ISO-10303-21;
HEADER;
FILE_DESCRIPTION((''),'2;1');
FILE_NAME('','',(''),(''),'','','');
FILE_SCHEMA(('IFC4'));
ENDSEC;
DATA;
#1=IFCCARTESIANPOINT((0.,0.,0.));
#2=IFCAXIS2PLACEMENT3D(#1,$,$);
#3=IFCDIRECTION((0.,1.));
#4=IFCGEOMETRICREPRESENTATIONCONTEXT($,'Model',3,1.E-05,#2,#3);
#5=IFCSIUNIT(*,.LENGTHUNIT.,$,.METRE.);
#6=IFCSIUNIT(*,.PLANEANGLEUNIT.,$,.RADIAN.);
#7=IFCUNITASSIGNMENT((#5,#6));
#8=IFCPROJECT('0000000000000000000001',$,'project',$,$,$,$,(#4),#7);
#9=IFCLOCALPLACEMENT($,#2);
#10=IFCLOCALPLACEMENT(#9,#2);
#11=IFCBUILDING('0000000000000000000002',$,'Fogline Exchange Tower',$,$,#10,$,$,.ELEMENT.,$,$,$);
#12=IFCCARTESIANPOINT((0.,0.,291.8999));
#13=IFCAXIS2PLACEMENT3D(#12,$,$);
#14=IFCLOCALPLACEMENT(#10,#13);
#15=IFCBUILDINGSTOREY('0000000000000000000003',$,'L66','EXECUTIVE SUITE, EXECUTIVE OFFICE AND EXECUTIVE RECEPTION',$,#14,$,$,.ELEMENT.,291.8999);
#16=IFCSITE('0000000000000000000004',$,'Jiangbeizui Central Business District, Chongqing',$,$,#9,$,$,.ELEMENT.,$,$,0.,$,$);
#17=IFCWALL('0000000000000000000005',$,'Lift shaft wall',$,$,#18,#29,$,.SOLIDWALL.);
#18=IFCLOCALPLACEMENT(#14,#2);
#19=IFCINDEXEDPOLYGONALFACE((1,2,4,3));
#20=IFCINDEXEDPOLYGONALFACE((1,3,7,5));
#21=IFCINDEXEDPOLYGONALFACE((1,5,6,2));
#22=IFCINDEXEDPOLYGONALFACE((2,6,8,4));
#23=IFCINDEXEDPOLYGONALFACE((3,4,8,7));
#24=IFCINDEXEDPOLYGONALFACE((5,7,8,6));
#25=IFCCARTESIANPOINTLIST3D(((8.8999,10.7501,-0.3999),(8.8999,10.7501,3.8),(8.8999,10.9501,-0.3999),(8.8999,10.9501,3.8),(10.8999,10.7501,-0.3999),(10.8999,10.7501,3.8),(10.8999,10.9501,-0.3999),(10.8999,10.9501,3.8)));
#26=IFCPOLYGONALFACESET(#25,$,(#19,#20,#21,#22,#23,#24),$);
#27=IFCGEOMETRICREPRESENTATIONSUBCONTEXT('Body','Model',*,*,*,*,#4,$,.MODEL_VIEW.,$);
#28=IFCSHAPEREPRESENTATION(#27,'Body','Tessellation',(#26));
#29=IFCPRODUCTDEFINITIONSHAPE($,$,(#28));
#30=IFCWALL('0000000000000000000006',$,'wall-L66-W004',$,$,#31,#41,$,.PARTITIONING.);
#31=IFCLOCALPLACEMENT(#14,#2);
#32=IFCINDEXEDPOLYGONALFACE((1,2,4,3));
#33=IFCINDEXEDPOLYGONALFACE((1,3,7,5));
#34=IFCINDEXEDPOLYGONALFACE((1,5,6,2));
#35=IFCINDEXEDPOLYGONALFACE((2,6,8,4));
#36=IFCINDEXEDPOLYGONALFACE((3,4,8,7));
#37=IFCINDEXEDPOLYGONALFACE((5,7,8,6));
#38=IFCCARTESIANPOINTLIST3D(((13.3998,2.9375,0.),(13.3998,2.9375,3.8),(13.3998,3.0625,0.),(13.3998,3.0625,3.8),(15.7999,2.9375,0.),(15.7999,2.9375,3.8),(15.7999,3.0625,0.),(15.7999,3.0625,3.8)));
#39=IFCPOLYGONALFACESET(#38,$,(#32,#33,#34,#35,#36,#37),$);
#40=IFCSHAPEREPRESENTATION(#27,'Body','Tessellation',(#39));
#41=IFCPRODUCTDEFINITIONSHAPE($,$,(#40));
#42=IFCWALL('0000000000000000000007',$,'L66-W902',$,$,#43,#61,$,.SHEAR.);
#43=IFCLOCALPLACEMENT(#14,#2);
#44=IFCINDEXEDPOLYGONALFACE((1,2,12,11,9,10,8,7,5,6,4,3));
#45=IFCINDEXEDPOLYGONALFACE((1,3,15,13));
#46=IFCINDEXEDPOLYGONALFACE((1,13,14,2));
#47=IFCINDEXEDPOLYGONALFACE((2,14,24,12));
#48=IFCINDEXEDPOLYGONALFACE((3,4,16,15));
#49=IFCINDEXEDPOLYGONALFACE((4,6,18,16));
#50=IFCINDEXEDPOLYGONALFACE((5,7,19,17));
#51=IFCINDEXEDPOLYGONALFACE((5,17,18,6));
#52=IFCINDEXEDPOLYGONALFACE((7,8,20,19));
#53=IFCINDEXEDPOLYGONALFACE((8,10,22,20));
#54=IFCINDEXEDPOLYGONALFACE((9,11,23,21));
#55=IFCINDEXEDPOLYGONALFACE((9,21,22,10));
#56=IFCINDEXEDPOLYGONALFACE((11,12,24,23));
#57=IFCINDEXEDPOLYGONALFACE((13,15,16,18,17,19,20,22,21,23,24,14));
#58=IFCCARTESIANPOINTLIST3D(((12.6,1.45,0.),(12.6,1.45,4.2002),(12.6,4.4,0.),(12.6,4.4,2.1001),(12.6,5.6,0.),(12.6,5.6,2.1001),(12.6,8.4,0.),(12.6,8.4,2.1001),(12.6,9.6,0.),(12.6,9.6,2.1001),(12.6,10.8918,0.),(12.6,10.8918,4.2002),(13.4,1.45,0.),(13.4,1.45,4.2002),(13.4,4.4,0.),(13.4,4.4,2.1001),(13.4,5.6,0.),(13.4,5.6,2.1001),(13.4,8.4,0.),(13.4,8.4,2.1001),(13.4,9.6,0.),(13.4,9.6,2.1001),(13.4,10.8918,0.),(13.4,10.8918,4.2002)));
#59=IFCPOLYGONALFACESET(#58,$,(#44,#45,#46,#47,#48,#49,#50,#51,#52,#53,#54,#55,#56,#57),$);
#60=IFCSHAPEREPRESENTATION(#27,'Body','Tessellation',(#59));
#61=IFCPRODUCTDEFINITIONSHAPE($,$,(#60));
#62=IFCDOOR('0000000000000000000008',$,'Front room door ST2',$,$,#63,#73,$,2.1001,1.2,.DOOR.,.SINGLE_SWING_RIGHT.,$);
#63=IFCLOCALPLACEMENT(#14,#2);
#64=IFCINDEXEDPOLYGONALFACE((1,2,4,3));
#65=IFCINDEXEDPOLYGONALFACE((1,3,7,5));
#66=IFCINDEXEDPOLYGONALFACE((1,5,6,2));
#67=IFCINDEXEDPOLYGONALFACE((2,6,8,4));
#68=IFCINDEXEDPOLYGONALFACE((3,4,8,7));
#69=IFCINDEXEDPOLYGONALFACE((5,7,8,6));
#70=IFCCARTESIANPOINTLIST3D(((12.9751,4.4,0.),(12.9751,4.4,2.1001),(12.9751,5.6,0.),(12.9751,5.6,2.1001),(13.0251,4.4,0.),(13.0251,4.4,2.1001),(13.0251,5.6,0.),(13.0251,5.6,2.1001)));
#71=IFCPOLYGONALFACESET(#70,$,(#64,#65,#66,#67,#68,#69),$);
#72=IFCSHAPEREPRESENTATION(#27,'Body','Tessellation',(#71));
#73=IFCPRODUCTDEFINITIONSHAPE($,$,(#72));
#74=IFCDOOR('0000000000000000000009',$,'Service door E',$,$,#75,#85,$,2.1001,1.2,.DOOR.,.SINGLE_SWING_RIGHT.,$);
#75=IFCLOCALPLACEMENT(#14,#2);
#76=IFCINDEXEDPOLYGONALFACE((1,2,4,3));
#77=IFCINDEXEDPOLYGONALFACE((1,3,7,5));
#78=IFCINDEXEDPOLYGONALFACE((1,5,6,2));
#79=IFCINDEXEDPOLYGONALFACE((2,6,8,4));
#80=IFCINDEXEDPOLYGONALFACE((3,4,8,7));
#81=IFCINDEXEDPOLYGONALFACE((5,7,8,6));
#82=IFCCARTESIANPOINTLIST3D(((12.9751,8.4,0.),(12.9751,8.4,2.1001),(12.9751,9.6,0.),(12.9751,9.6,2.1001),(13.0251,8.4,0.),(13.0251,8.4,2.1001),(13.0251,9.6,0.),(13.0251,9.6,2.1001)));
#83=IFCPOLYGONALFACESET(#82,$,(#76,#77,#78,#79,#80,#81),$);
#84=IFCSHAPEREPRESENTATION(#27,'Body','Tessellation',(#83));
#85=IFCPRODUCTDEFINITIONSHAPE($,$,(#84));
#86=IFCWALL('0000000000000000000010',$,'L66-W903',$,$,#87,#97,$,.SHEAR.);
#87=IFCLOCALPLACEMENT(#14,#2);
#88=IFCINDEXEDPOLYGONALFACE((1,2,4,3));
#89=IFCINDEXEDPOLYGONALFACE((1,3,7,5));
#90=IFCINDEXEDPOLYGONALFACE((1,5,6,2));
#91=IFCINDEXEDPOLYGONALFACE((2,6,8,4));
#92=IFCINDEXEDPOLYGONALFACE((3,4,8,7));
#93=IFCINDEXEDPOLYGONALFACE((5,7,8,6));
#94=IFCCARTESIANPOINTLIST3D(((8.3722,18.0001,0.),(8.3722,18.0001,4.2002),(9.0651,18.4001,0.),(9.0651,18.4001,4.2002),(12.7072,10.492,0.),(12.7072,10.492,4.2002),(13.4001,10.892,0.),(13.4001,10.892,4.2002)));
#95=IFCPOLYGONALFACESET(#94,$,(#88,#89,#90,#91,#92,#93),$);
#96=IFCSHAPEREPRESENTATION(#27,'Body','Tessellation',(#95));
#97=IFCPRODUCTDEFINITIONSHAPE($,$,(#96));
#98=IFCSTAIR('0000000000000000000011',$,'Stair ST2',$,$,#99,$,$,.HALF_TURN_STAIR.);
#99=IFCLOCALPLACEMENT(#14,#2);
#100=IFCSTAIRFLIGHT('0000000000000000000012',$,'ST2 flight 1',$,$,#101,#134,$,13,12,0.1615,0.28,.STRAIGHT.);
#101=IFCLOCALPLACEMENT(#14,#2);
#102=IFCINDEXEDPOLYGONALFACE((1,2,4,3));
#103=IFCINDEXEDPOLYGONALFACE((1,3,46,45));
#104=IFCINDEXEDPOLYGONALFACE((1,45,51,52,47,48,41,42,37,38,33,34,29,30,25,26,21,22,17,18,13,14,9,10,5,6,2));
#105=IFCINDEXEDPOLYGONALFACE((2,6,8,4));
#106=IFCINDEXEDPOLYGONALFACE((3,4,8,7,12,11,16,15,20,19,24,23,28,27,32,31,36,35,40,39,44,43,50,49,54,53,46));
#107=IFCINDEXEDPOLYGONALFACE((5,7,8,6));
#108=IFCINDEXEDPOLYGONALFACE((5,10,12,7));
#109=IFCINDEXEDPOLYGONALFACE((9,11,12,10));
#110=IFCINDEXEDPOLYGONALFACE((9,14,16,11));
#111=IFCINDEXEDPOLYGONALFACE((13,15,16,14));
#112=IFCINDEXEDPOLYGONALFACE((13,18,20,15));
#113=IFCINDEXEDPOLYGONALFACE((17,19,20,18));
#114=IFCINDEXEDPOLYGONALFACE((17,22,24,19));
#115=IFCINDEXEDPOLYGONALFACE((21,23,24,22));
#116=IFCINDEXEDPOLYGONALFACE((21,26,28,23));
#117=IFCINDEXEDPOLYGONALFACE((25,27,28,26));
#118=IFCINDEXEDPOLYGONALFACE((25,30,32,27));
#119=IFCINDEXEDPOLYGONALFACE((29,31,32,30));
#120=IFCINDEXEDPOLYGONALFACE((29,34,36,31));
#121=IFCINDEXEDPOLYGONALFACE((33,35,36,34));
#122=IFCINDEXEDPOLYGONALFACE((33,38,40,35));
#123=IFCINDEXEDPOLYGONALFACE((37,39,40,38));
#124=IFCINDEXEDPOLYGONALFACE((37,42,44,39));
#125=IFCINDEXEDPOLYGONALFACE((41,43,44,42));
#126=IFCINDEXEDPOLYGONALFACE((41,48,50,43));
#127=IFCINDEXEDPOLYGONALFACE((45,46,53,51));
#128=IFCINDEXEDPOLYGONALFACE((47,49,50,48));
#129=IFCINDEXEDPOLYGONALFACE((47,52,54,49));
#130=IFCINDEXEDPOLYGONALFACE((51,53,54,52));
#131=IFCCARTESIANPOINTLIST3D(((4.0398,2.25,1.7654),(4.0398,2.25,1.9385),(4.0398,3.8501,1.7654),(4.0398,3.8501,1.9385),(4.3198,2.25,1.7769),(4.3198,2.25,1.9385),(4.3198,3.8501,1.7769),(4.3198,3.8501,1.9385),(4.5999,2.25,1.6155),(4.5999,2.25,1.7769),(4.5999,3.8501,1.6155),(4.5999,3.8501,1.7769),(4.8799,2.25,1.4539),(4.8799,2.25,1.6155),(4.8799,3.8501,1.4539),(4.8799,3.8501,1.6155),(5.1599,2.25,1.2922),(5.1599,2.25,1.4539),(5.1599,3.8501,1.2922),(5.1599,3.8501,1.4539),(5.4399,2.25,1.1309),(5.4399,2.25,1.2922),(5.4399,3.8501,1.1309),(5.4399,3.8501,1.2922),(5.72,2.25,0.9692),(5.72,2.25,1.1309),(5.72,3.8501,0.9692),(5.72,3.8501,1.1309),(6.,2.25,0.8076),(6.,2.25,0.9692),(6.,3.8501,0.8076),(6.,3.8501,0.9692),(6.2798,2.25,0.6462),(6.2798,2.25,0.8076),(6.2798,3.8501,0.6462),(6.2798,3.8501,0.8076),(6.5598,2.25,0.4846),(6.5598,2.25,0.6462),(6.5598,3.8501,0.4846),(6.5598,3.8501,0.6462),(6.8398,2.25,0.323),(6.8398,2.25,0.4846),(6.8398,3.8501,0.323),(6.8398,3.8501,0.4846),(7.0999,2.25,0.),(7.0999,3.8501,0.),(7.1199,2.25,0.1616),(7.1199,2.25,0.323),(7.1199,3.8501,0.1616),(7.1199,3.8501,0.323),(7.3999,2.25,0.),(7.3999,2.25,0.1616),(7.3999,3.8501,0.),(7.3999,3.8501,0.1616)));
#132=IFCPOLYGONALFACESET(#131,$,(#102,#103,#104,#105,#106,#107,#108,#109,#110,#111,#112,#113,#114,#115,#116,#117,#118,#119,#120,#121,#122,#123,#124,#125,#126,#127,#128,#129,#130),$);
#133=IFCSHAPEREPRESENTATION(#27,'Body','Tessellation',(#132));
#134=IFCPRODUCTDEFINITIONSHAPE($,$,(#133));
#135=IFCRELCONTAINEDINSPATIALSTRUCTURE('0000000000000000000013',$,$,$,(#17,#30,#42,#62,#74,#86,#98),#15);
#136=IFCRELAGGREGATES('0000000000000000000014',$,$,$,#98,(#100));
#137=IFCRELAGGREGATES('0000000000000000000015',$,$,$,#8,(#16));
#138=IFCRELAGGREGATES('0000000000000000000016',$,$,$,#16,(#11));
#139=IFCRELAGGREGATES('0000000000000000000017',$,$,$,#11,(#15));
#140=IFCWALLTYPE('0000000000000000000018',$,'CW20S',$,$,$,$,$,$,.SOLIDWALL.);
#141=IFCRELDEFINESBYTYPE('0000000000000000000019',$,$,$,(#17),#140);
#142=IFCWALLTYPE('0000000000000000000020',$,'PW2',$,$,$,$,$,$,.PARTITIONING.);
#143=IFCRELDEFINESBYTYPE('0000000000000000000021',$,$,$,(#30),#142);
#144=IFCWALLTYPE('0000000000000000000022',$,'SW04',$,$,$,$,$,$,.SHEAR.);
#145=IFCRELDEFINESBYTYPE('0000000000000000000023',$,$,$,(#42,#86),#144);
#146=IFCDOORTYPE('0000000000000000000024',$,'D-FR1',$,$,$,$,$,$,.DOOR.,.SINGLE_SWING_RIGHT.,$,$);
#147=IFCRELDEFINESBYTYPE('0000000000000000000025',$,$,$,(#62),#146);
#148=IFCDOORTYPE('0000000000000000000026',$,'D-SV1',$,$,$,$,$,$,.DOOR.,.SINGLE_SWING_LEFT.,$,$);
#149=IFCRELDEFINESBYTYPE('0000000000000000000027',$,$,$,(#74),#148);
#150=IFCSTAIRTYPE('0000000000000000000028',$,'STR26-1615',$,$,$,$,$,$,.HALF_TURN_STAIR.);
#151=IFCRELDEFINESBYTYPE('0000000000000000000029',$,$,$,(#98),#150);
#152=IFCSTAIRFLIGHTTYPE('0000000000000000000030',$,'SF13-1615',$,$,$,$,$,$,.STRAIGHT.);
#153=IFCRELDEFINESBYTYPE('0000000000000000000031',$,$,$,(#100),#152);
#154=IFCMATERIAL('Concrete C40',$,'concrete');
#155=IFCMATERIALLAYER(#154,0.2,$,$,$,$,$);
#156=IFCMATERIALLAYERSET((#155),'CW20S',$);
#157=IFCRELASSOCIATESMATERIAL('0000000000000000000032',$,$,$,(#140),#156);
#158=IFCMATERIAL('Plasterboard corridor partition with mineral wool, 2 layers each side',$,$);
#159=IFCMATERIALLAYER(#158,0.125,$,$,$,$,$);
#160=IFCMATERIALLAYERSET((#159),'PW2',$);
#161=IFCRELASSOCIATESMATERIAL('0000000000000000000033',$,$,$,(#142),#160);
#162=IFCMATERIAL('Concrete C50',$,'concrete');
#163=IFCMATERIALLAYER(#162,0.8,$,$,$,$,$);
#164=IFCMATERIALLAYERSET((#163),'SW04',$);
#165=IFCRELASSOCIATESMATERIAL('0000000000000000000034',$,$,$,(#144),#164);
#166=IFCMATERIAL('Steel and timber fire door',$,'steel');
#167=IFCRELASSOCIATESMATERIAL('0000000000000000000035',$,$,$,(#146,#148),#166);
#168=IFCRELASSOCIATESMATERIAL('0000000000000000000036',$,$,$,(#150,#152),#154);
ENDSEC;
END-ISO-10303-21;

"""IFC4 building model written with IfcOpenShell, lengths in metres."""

from ifc_helpers import new_model, si_unit, direction, frame, frame_2d, origin, place, context, subcontext, project, spatial, polyline, rectangle, outline, extrude, material, layer, layer_set, type_object, element, fill, aggregate, save


model = new_model("IFC4")

# Units and contexts
model_context = context("Model", 3, precision=1e-05, world=origin(), true_north=direction((0.0, 1.0)))
body_context = subcontext(model_context, "Body", "Model", "MODEL_VIEW")
ifc_project = project(units=[si_unit("LENGTHUNIT", "METRE"), si_unit("PLANEANGLEUNIT", "RADIAN")], contexts=[model_context])

# Site, building, storey
site_placement = place(None, origin())
site = spatial("IfcSite", under=ifc_project, at=site_placement, Name="Jiangbeizui Central Business District, Chongqing", CompositionType="ELEMENT", RefElevation=0.0)
building_placement = place(site_placement, origin())
building = spatial("IfcBuilding", under=site, at=building_placement, Name="Fogline Exchange Tower", CompositionType="ELEMENT")
storey_placement = place(building_placement, frame((0.0, 0.0, 291.8999)))
storey = spatial("IfcBuildingStorey", under=building, at=storey_placement, Name="L66", Description="EXECUTIVE SUITE, EXECUTIVE OFFICE AND EXECUTIVE RECEPTION", CompositionType="ELEMENT", Elevation=291.8999)

# Shared definitions
ifc_material_1 = material(Name="Concrete C40", Category="concrete")

# Shared definitions
ifc_material_2 = material(Name="Steel and timber fire door", Category="steel")

# Shared definitions
ifc_layer_1 = layer(ifc_material_1, 0.2)
ifc_layer_set_1 = layer_set([ifc_layer_1], Name="CW20S")
wall_type_1 = type_object("IfcWallType", Name="CW20S", PredefinedType="SOLIDWALL", material=ifc_layer_set_1)

# Walls
for number, where, z_axis, x_axis, name in (
    (1, (8.8999, 10.8501, -0.3999), (0.0, 0.0, 1.0), (1.0, 0.0, 0.0), "Lift shaft wall"),
):
    element("IfcWall", number, at=place(storey_placement, frame(where, z_axis=z_axis, x_axis=x_axis)), inside=storey, type_object=wall_type_1, Name=name, PredefinedType="SOLIDWALL", context=body_context, shape_type="SweptSolid", body=[
        extrude(rectangle(XDim=2.0, YDim=0.2, at=frame_2d((1.0, 0.0))), origin(), (0.0, 0.0, 1.0), 4.2),
    ])
ifc_material_3 = material(Name="Plasterboard corridor partition with mineral wool, 2 layers each side")
ifc_layer_2 = layer(ifc_material_3, 0.125)
ifc_layer_set_2 = layer_set([ifc_layer_2], Name="PW2")
wall_type_2 = type_object("IfcWallType", Name="PW2", PredefinedType="PARTITIONING", material=ifc_layer_set_2)
wall_1_placement = place(storey_placement, frame((15.8, 3.0, 0.0), z_axis=(0.0, 0.0, 1.0), x_axis=(-1.0, 0.0, 0.0)))
element("IfcWall", 2, at=wall_1_placement, inside=storey, type_object=wall_type_2, Name="wall-L66-W004", PredefinedType="PARTITIONING", context=body_context, shape_type="SweptSolid", body=[
    extrude(rectangle(XDim=2.4001, YDim=0.125, at=frame_2d((1.2002, 0.0))), origin(), (0.0, 0.0, 1.0), 3.8),
])

# Wall, openings, doors
ifc_material_4 = material(Name="Concrete C50", Category="concrete")
ifc_layer_3 = layer(ifc_material_4, 0.8)
ifc_layer_set_3 = layer_set([ifc_layer_3], Name="SW04")
wall_type_3 = type_object("IfcWallType", Name="SW04", PredefinedType="SHEAR", material=ifc_layer_set_3)
wall_2_placement = place(storey_placement, frame((13.0, 1.45, 0.0), z_axis=(0.0, 0.0, 1.0), x_axis=(0.0, 1.0, 0.0)))
wall_2 = element("IfcWall", 3, at=wall_2_placement, inside=storey, type_object=wall_type_3, Name="L66-W902", PredefinedType="SHEAR", context=body_context, shape_type="SweptSolid", body=[
    extrude(rectangle(XDim=9.4419, YDim=0.8, at=frame_2d((4.7209, 0.0))), origin(), (0.0, 0.0, 1.0), 4.2002),
])
opening_1_placement = place(wall_2_placement, frame((2.95, 0.0, 0.0)))
opening_1 = element("IfcOpeningElement", 4, at=opening_1_placement, cuts=wall_2, PredefinedType="OPENING", context=body_context, shape_type="SweptSolid", body=[
    extrude(rectangle(XDim=1.2, YDim=2.1001, at=frame_2d((0.6001, 1.05))), frame((0.0, 0.4102, 0.0), z_axis=(0.0, -1.0, 0.0), x_axis=(1.0, 0.0, 0.0)), (0.0, 0.0, 1.0), 0.8201),
])
opening_2_placement = place(wall_2_placement, frame((6.95, 0.0, 0.0)))
opening_2 = element("IfcOpeningElement", 5, at=opening_2_placement, cuts=wall_2, PredefinedType="OPENING", context=body_context, shape_type="SweptSolid", body=[
    extrude(rectangle(XDim=1.2, YDim=2.1001, at=frame_2d((0.6001, 1.05))), frame((0.0, 0.4102, 0.0), z_axis=(0.0, -1.0, 0.0), x_axis=(1.0, 0.0, 0.0)), (0.0, 0.0, 1.0), 0.8201),
])
door_type_1 = type_object("IfcDoorType", Name="D-FR1", OperationType="SINGLE_SWING_RIGHT", PredefinedType="DOOR", material=ifc_material_2)
door_1_placement = place(opening_1_placement, origin())
door_1 = element("IfcDoor", 6, at=door_1_placement, inside=storey, type_object=door_type_1, Name="Front room door ST2", OperationType="SINGLE_SWING_RIGHT", OverallHeight=2.1001, OverallWidth=1.2, PredefinedType="DOOR", context=body_context, shape_type="SweptSolid", body=[
    extrude(rectangle(XDim=1.2, YDim=2.1001, at=frame_2d((0.6001, 1.05))), frame((0.0, 0.0249, 0.0), z_axis=(0.0, -1.0, 0.0), x_axis=(1.0, 0.0, 0.0)), (0.0, 0.0, 1.0), 0.05),
])
fill(opening_1, door_1)
door_type_2 = type_object("IfcDoorType", Name="D-SV1", OperationType="SINGLE_SWING_LEFT", PredefinedType="DOOR", material=ifc_material_2)
door_2_placement = place(opening_2_placement, origin())
door_2 = element("IfcDoor", 7, at=door_2_placement, inside=storey, type_object=door_type_2, Name="Service door E", OperationType="SINGLE_SWING_RIGHT", OverallHeight=2.1001, OverallWidth=1.2, PredefinedType="DOOR", context=body_context, shape_type="SweptSolid", body=[
    extrude(rectangle(XDim=1.2, YDim=2.1001, at=frame_2d((0.6001, 1.05))), frame((0.0, 0.0249, 0.0), z_axis=(0.0, -1.0, 0.0), x_axis=(1.0, 0.0, 0.0)), (0.0, 0.0, 1.0), 0.05),
])
fill(opening_2, door_2)

# Wall
wall_3_placement = place(storey_placement, frame((13.0537, 10.6919, 0.0), z_axis=(0.0, 0.0, 1.0), x_axis=(-0.500016, 0.866016, 0.0)))
element("IfcWall", 8, at=wall_3_placement, inside=storey, type_object=wall_type_3, Name="L66-W903", PredefinedType="SHEAR", context=body_context, shape_type="SweptSolid", body=[
    extrude(rectangle(XDim=8.6697, YDim=0.8, at=frame_2d((4.335, 0.0))), origin(), (0.0, 0.0, 1.0), 4.2002),
])

# Stair, stair flight
stair_type = type_object("IfcStairType", Name="STR26-1615", PredefinedType="HALF_TURN_STAIR", material=ifc_material_1)
stair_placement = place(storey_placement, origin())
stair = element("IfcStair", 9, at=stair_placement, inside=storey, type_object=stair_type, Name="Stair ST2", PredefinedType="HALF_TURN_STAIR")
stair_flight_type = type_object("IfcStairFlightType", Name="SF13-1615", PredefinedType="STRAIGHT", material=ifc_material_1)
stair_flight_placement = place(storey_placement, frame((7.3999, 3.05, 0.0), z_axis=(0.0, 0.0, 1.0), x_axis=(-1.0, 0.0, 0.0)))
stair_flight = element("IfcStairFlight", 10, at=stair_flight_placement, type_object=stair_flight_type, Name="ST2 flight 1", NumberOfRisers=13, NumberOfTreads=12, PredefinedType="STRAIGHT", RiserHeight=0.1615, TreadLength=0.28, context=body_context, shape_type="SweptSolid", body=[
    extrude(outline(polyline([(0.0, 0.0), (0.0, 0.1616), (0.28, 0.1616), (0.28, 0.323), (0.5601, 0.323), (0.5601, 0.4846), (0.8401, 0.4846), (0.8401, 0.6462), (1.1201, 0.6462), (1.1201, 0.8076), (1.3999, 0.8076), (1.3999, 0.9692), (1.6799, 0.9692), (1.6799, 1.1309), (1.96, 1.1309), (1.96, 1.2922), (2.24, 1.2922), (2.24, 1.4539), (2.52, 1.4539), (2.52, 1.6155), (2.8, 1.6155), (2.8, 1.7769), (3.0801, 1.7769), (3.0801, 1.9385), (3.3601, 1.9385), (3.3601, 2.1001), (3.3601, 1.7654), (0.3, 0.0), (0.0, 0.0)])), frame((0.0, 0.8, 0.0), z_axis=(0.0, -1.0, 0.0), x_axis=(1.0, 0.0, 0.0)), (0.0, 0.0, 1.0), 1.6001),
])
aggregate(stair, [stair_flight])

save(model, "model.ifc")
